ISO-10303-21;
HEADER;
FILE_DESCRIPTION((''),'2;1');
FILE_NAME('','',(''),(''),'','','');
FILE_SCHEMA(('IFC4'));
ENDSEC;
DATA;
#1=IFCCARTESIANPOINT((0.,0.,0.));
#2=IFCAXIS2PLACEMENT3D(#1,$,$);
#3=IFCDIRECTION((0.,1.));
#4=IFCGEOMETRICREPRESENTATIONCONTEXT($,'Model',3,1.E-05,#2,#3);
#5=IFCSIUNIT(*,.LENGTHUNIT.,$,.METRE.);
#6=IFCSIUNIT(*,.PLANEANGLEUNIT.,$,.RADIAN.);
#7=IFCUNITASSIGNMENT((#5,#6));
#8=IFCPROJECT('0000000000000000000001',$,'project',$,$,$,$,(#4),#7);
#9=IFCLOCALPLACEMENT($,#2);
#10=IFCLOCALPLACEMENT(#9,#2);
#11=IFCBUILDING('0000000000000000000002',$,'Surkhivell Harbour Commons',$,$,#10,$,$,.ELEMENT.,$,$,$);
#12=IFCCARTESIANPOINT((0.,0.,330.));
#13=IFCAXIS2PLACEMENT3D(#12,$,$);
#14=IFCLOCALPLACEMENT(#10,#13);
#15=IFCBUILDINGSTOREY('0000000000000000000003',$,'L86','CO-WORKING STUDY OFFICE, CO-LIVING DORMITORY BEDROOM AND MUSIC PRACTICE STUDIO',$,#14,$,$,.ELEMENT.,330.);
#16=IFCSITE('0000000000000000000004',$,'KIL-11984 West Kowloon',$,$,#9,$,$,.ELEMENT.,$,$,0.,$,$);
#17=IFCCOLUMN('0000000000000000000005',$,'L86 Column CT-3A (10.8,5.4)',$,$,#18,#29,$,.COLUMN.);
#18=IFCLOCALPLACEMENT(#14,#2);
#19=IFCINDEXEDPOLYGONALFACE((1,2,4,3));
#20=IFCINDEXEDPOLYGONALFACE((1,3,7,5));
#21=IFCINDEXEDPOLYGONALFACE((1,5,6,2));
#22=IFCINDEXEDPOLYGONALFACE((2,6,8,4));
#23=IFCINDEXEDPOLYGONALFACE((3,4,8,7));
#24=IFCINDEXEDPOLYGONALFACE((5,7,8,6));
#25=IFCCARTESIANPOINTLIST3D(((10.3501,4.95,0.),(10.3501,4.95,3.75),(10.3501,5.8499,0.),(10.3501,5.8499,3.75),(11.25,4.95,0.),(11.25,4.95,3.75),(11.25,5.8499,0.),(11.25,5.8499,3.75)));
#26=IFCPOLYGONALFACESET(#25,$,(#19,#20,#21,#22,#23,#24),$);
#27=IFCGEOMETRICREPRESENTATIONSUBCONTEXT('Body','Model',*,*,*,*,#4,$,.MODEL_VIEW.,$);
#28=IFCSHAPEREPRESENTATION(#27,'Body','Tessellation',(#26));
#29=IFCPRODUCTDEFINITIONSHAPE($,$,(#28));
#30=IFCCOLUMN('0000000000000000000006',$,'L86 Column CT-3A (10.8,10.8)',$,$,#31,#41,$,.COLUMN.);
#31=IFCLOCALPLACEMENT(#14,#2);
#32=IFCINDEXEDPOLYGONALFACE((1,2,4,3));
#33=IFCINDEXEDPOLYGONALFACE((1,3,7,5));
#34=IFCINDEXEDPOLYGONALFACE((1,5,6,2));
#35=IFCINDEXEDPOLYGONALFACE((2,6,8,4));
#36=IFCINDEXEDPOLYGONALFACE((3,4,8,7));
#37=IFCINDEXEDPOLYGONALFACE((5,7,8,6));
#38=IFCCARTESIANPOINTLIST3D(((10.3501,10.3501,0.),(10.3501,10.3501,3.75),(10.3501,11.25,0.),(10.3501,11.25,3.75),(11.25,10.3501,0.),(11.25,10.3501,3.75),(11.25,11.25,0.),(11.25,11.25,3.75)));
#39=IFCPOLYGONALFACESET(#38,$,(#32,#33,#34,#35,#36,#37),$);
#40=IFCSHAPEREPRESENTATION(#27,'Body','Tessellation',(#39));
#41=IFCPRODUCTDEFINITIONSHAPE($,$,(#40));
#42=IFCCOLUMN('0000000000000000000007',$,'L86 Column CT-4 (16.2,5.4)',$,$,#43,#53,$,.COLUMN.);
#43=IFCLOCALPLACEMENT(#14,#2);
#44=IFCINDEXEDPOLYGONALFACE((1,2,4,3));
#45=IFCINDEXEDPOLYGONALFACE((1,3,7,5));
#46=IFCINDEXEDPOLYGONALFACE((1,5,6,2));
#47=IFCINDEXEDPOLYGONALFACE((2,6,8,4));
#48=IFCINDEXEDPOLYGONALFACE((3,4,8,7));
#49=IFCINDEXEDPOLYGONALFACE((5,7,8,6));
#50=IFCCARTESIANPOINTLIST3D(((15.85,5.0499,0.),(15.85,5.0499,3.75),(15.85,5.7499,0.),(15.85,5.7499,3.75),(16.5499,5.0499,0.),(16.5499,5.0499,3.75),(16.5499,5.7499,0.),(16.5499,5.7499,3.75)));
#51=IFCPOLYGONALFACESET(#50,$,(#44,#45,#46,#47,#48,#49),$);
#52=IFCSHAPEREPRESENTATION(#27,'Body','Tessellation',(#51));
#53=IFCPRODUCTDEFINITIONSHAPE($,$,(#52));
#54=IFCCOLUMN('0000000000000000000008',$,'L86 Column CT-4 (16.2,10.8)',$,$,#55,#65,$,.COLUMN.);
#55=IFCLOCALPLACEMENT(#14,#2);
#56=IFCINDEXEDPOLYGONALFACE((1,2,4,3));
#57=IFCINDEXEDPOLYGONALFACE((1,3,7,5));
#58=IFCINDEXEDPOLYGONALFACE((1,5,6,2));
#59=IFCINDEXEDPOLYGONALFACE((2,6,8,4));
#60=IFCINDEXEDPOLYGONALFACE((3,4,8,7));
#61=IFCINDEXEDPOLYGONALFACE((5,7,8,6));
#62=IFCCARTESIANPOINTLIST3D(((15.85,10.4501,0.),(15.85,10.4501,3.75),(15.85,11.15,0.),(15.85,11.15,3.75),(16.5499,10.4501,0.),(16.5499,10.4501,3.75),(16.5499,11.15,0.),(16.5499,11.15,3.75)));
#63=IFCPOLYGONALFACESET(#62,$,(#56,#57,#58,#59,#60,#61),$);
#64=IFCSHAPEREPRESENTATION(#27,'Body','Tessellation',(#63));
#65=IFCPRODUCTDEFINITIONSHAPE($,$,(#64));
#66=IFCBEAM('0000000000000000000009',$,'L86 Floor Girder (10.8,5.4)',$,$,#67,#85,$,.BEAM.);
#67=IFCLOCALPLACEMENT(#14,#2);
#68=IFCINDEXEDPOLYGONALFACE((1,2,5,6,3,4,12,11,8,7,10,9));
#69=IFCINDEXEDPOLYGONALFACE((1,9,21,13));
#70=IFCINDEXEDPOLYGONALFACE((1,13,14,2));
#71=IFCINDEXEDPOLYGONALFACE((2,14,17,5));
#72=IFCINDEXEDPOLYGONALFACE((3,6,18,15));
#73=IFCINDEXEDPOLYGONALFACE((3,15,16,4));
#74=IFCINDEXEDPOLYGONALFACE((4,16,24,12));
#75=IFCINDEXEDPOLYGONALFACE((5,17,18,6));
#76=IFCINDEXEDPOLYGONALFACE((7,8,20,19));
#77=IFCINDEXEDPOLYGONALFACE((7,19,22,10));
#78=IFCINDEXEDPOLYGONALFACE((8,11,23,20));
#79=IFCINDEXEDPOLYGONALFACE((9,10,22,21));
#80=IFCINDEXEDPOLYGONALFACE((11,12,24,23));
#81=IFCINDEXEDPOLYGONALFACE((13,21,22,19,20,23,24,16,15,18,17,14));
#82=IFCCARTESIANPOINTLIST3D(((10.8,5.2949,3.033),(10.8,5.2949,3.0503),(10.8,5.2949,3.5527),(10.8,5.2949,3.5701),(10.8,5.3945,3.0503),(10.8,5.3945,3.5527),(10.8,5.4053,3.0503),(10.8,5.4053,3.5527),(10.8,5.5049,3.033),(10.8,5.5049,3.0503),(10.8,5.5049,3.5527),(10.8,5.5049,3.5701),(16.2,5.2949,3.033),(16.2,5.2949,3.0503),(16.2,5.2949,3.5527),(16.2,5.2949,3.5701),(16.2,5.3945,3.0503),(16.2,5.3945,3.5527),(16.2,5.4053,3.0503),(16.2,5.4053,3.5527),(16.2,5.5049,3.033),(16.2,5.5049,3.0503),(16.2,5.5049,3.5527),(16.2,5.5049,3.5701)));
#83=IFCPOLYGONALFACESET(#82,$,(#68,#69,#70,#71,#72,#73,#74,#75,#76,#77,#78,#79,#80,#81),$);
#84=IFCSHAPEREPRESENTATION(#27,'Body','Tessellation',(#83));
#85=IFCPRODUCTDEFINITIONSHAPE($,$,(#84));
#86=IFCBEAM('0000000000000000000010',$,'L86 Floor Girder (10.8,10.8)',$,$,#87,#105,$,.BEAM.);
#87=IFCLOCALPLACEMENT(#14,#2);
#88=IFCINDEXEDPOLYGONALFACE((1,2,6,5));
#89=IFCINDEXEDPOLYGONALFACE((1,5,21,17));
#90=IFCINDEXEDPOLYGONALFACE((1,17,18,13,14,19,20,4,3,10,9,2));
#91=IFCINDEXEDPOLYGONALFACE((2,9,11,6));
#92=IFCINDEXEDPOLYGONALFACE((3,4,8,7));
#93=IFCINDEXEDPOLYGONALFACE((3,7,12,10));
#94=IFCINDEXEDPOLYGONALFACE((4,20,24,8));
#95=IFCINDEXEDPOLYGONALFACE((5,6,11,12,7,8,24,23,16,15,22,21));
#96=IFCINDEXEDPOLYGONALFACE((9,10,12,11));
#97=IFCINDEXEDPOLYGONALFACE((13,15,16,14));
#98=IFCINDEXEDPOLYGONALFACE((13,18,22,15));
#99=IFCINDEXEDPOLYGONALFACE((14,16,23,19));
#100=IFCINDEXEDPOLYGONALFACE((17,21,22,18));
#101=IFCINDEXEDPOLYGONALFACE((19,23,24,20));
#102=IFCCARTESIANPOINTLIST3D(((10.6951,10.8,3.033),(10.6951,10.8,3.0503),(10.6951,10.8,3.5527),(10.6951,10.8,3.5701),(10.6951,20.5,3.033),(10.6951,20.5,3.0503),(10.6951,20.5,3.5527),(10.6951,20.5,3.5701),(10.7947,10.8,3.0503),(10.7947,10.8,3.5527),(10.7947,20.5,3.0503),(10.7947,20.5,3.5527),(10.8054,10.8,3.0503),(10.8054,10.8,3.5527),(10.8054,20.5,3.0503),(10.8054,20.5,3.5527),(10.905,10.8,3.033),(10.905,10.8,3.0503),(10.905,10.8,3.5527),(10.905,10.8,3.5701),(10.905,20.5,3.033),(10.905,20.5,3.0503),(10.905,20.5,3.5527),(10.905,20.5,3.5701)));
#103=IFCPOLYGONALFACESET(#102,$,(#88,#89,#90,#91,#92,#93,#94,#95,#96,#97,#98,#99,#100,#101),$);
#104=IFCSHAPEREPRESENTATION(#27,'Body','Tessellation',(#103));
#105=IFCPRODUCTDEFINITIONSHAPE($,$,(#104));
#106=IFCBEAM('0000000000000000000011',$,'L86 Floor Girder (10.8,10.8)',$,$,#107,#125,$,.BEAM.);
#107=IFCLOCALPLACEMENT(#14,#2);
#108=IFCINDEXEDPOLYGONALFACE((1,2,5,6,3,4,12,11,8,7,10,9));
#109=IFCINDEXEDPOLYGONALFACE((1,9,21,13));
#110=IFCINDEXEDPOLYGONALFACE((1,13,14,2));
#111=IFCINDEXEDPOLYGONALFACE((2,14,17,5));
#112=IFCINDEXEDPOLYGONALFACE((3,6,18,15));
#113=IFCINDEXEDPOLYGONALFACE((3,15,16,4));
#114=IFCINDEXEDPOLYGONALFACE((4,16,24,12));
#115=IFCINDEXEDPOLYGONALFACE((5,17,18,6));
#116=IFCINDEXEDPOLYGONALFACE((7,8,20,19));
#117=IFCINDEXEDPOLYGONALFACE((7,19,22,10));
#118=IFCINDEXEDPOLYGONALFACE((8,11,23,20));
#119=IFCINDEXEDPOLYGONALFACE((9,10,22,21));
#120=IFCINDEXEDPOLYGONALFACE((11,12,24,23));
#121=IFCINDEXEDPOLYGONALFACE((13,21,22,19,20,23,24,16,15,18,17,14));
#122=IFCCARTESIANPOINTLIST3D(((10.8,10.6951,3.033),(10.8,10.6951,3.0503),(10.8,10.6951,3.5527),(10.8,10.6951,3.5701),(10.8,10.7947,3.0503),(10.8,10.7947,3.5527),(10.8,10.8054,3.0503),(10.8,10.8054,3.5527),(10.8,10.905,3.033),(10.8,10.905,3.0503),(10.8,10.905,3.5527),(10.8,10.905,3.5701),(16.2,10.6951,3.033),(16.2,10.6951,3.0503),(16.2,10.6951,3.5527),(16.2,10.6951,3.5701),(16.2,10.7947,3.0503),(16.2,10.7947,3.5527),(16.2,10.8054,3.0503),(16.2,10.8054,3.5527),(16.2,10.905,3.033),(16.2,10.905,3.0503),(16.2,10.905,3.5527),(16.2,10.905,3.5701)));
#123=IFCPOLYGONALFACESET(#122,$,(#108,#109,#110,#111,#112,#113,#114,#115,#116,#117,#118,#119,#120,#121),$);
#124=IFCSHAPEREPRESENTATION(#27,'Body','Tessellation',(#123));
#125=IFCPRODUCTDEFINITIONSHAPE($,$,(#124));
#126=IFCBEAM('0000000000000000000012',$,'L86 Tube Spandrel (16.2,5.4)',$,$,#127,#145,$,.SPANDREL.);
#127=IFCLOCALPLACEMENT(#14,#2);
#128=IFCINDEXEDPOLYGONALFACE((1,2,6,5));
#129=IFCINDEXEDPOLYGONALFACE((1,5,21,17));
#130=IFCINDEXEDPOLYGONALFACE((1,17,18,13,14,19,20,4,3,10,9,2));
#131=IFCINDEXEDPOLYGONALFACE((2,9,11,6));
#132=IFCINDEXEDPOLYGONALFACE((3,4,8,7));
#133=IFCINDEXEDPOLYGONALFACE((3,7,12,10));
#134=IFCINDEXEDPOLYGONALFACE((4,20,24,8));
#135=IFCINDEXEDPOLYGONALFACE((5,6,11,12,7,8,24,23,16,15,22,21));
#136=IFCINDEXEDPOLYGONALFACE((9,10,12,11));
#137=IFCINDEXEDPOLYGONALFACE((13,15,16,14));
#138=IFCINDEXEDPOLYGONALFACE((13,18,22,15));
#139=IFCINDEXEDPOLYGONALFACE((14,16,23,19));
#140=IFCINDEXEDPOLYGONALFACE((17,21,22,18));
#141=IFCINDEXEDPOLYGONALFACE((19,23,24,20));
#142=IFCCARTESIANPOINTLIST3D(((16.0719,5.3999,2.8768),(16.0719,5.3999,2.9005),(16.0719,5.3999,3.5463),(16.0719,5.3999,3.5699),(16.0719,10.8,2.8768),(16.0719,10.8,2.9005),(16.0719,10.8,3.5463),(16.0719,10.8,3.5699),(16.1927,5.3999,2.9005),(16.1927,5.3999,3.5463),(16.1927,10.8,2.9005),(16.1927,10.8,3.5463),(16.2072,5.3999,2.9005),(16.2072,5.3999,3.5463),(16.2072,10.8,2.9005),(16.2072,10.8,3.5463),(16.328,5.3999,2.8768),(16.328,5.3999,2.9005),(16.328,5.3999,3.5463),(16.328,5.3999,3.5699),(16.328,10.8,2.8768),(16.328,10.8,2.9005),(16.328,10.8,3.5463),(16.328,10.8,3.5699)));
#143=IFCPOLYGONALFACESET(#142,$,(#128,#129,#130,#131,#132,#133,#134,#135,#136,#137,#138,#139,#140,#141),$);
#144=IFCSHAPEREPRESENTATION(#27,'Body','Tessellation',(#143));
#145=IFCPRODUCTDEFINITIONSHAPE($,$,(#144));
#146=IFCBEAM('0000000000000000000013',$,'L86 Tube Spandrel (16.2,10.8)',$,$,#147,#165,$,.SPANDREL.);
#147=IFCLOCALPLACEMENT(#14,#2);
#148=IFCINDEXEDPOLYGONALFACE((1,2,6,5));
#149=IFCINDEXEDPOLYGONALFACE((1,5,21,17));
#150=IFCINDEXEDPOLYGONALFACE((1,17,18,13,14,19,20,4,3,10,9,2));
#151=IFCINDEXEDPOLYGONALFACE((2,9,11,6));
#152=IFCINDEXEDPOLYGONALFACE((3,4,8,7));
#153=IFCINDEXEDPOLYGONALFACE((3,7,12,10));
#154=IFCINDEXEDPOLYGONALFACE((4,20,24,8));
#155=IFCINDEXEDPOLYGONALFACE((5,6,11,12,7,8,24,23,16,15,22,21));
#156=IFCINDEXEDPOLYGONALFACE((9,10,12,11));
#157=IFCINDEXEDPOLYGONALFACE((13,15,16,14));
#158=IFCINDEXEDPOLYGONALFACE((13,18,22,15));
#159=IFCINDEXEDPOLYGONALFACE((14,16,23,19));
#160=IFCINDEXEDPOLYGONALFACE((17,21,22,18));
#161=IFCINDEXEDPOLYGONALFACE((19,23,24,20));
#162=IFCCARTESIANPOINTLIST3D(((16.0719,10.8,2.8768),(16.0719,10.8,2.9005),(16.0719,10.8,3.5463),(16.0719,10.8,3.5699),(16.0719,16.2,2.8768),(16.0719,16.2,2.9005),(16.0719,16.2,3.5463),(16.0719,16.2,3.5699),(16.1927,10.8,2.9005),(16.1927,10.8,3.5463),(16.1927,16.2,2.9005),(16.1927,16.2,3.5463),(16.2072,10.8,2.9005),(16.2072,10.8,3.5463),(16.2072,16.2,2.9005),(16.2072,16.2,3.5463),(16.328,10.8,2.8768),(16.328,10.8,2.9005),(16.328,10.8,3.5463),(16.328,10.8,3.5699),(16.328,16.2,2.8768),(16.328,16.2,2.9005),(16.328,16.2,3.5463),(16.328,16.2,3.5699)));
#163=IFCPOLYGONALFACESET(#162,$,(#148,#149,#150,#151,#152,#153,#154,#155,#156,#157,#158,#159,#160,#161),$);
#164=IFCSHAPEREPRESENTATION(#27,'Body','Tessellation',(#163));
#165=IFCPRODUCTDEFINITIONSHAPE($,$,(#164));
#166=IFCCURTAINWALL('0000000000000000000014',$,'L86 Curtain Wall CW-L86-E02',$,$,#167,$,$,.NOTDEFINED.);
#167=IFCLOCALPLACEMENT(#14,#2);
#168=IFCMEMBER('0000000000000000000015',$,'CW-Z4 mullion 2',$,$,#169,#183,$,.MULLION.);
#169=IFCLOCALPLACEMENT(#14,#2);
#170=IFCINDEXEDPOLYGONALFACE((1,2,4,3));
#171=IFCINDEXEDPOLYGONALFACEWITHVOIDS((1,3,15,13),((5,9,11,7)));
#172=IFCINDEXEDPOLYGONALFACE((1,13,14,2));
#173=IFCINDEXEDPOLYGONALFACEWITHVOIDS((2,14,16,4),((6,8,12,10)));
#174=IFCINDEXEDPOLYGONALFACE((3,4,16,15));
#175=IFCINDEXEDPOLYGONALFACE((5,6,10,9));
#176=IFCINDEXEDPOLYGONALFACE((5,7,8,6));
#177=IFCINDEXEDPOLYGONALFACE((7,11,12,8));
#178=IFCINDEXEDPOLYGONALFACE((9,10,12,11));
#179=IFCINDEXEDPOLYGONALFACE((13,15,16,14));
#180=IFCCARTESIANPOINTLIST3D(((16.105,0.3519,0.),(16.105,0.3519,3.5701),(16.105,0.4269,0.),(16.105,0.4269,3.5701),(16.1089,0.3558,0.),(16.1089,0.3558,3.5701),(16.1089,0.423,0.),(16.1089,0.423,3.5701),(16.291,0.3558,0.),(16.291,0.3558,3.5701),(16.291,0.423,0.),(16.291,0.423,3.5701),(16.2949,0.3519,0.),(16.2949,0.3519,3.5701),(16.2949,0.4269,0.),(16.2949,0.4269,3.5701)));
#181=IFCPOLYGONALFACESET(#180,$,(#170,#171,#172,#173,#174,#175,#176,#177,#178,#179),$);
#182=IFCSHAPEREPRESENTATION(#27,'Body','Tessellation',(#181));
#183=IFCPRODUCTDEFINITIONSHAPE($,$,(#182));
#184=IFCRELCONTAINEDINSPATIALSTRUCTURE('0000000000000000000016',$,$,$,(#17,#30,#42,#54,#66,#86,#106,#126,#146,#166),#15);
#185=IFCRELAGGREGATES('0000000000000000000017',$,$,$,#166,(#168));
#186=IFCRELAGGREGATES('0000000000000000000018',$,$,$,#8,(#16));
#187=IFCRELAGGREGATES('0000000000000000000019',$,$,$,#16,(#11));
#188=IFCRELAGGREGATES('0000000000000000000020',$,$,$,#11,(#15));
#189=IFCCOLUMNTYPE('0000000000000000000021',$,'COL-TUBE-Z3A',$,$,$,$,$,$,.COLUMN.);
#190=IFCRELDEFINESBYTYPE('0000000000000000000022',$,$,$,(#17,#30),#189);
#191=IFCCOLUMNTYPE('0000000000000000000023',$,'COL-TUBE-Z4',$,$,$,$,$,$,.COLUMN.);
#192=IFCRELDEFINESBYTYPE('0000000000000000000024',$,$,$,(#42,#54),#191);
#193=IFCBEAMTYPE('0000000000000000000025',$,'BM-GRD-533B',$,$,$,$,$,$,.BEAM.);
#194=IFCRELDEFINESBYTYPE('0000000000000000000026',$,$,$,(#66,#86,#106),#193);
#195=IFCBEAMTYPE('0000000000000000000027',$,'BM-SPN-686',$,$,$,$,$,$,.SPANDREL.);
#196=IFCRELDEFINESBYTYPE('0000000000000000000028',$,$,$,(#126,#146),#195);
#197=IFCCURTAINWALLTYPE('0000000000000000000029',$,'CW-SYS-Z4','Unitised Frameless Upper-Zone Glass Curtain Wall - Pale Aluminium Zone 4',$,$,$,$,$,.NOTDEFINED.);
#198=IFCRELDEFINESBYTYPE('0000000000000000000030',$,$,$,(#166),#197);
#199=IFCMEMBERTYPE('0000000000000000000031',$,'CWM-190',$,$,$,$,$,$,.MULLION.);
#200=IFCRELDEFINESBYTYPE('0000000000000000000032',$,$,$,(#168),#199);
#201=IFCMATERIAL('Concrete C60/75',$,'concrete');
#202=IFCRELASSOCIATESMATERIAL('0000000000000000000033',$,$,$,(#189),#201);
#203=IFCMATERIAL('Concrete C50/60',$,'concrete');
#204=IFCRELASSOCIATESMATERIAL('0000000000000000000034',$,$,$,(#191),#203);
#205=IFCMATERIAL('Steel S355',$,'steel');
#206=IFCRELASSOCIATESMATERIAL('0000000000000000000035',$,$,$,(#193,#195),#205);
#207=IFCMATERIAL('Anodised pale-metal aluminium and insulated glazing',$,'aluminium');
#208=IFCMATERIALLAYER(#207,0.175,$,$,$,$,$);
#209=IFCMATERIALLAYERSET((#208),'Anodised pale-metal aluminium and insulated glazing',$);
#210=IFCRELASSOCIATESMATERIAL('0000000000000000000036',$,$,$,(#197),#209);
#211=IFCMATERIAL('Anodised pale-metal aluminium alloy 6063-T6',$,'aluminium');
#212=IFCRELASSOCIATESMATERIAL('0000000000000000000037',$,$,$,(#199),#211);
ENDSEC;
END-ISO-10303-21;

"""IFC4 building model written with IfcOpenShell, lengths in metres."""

from ifc_helpers import new_model, si_unit, direction, frame, origin, origin_2d, place, context, subcontext, project, spatial, rectangle, hollow_rectangle, i_section, extrude, material, layer, layer_set, material_profile, profile_set, type_object, element, aggregate, save


model = new_model("IFC4")

# Units and contexts
model_context = context("Model", 3, precision=1e-05, world=origin(), true_north=direction((0.0, 1.0)))
body_context = subcontext(model_context, "Body", "Model", "MODEL_VIEW")
ifc_project = project(units=[si_unit("LENGTHUNIT", "METRE"), si_unit("PLANEANGLEUNIT", "RADIAN")], contexts=[model_context])

# Site, building, storey
site_placement = place(None, origin())
site = spatial("IfcSite", under=ifc_project, at=site_placement, Name="KIL-11984 West Kowloon", CompositionType="ELEMENT", RefElevation=0.0)
building_placement = place(site_placement, origin())
building = spatial("IfcBuilding", under=site, at=building_placement, Name="Surkhivell Harbour Commons", CompositionType="ELEMENT")
storey_placement = place(building_placement, frame((0.0, 0.0, 330.0)))
storey = spatial("IfcBuildingStorey", under=building, at=storey_placement, Name="L86", Description="CO-WORKING STUDY OFFICE, CO-LIVING DORMITORY BEDROOM AND MUSIC PRACTICE STUDIO", CompositionType="ELEMENT", Elevation=330.0)

# Columns
ifc_material_1 = material(Name="Concrete C60/75", Category="concrete")
ifc_material_profile_1 = material_profile(ifc_material_1, rectangle(XDim=0.8999, YDim=0.8999, at=origin_2d()), Name="RC-COL-900x900")
ifc_profile_set_1 = profile_set([ifc_material_profile_1], Name="Concrete C60/75")
column_type_1 = type_object("IfcColumnType", Name="COL-TUBE-Z3A", PredefinedType="COLUMN", material=ifc_profile_set_1)
for number, where, z_axis, x_axis, name in (
    (1, (10.8, 5.3999, 0.0), (0.0, 0.0, 1.0), (1.0, 0.0, 0.0), "L86 Column CT-3A (10.8,5.4)"),
    (2, (10.8, 10.8, 0.0), (0.0, 0.0, 1.0), (1.0, 0.0, 0.0), "L86 Column CT-3A (10.8,10.8)"),
):
    element("IfcColumn", number, at=place(storey_placement, frame(where, z_axis=z_axis, x_axis=x_axis)), inside=storey, type_object=column_type_1, Name=name, PredefinedType="COLUMN", context=body_context, shape_type="SweptSolid", body=[
        extrude(rectangle(XDim=0.8999, YDim=0.8999, at=origin_2d()), origin(), (0.0, 0.0, 1.0), 3.75),
    ])
ifc_material_2 = material(Name="Concrete C50/60", Category="concrete")
ifc_material_profile_2 = material_profile(ifc_material_2, rectangle(XDim=0.7, YDim=0.7, at=origin_2d()), Name="RC-COL-700x700")
ifc_profile_set_2 = profile_set([ifc_material_profile_2], Name="Concrete C50/60")
column_type_2 = type_object("IfcColumnType", Name="COL-TUBE-Z4", PredefinedType="COLUMN", material=ifc_profile_set_2)
for number, where, z_axis, x_axis, name in (
    (3, (16.2, 5.3999, 0.0), (0.0, 0.0, 1.0), (1.0, 0.0, 0.0), "L86 Column CT-4 (16.2,5.4)"),
    (4, (16.2, 10.8, 0.0), (0.0, 0.0, 1.0), (1.0, 0.0, 0.0), "L86 Column CT-4 (16.2,10.8)"),
):
    element("IfcColumn", number, at=place(storey_placement, frame(where, z_axis=z_axis, x_axis=x_axis)), inside=storey, type_object=column_type_2, Name=name, PredefinedType="COLUMN", context=body_context, shape_type="SweptSolid", body=[
        extrude(rectangle(XDim=0.7, YDim=0.7, at=origin_2d()), origin(), (0.0, 0.0, 1.0), 3.75),
    ])

# Beams
ifc_material_3 = material(Name="Steel S355", Category="steel")
ifc_material_profile_3 = material_profile(ifc_material_3, i_section(OverallWidth=0.21, OverallDepth=0.5371, WebThickness=0.0107, FlangeThickness=0.0173, at=origin_2d()), Name="UB533x210x101")
ifc_profile_set_3 = profile_set([ifc_material_profile_3], Name="Steel S355")
beam_type_1 = type_object("IfcBeamType", Name="BM-GRD-533B", PredefinedType="BEAM", material=ifc_profile_set_3)
beam_1_placement = place(storey_placement, frame((10.8, 5.3999, 3.3015), z_axis=(1.0, 0.0, 0.0), x_axis=(0.0, 1.0, 0.0)))
element("IfcBeam", 5, at=beam_1_placement, inside=storey, type_object=beam_type_1, Name="L86 Floor Girder (10.8,5.4)", PredefinedType="BEAM", context=body_context, shape_type="SweptSolid", body=[
    extrude(i_section(OverallWidth=0.21, OverallDepth=0.5371, WebThickness=0.0107, FlangeThickness=0.0173, at=origin_2d()), origin(), (0.0, 0.0, 1.0), 5.3999),
])
beam_2_placement = place(storey_placement, frame((10.8, 10.8, 3.3015), z_axis=(0.0, 1.0, 0.0), x_axis=(-1.0, 0.0, 0.0)))
element("IfcBeam", 6, at=beam_2_placement, inside=storey, type_object=beam_type_1, Name="L86 Floor Girder (10.8,10.8)", PredefinedType="BEAM", context=body_context, shape_type="SweptSolid", body=[
    extrude(i_section(OverallWidth=0.21, OverallDepth=0.5371, WebThickness=0.0107, FlangeThickness=0.0173, at=origin_2d()), origin(), (0.0, 0.0, 1.0), 9.7),
])
beam_3_placement = place(storey_placement, frame((10.8, 10.8, 3.3015), z_axis=(1.0, 0.0, 0.0), x_axis=(0.0, 1.0, 0.0)))
element("IfcBeam", 7, at=beam_3_placement, inside=storey, type_object=beam_type_1, Name="L86 Floor Girder (10.8,10.8)", PredefinedType="BEAM", context=body_context, shape_type="SweptSolid", body=[
    extrude(i_section(OverallWidth=0.21, OverallDepth=0.5371, WebThickness=0.0107, FlangeThickness=0.0173, at=origin_2d()), origin(), (0.0, 0.0, 1.0), 5.3999),
])
ifc_material_profile_4 = material_profile(ifc_material_3, i_section(OverallWidth=0.2561, OverallDepth=0.6931, WebThickness=0.0144, FlangeThickness=0.0237, at=origin_2d()), Name="UB686x254x170")
ifc_profile_set_4 = profile_set([ifc_material_profile_4], Name="Steel S355")
beam_type_2 = type_object("IfcBeamType", Name="BM-SPN-686", PredefinedType="SPANDREL", material=ifc_profile_set_4)
beam_4_placement = place(storey_placement, frame((16.2, 5.3999, 3.2234), z_axis=(0.0, 1.0, 0.0), x_axis=(-1.0, 0.0, 0.0)))
element("IfcBeam", 8, at=beam_4_placement, inside=storey, type_object=beam_type_2, Name="L86 Tube Spandrel (16.2,5.4)", PredefinedType="SPANDREL", context=body_context, shape_type="SweptSolid", body=[
    extrude(i_section(OverallWidth=0.2561, OverallDepth=0.6931, WebThickness=0.0144, FlangeThickness=0.0237, at=origin_2d()), origin(), (0.0, 0.0, 1.0), 5.4001),
])
beam_5_placement = place(storey_placement, frame((16.2, 10.8, 3.2234), z_axis=(0.0, 1.0, 0.0), x_axis=(-1.0, 0.0, 0.0)))
element("IfcBeam", 9, at=beam_5_placement, inside=storey, type_object=beam_type_2, Name="L86 Tube Spandrel (16.2,10.8)", PredefinedType="SPANDREL", context=body_context, shape_type="SweptSolid", body=[
    extrude(i_section(OverallWidth=0.2561, OverallDepth=0.6931, WebThickness=0.0144, FlangeThickness=0.0237, at=origin_2d()), origin(), (0.0, 0.0, 1.0), 5.3999),
])

# Curtain wall, member
ifc_material_4 = material(Name="Anodised pale-metal aluminium and insulated glazing", Category="aluminium")
ifc_layer_1 = layer(ifc_material_4, 0.175)
ifc_layer_set_1 = layer_set([ifc_layer_1], Name="Anodised pale-metal aluminium and insulated glazing")
curtain_wall_type = type_object("IfcCurtainWallType", Name="CW-SYS-Z4", Description="Unitised Frameless Upper-Zone Glass Curtain Wall - Pale Aluminium Zone 4", PredefinedType="NOTDEFINED", material=ifc_layer_set_1)
curtain_wall_placement = place(storey_placement, origin())
curtain_wall = element("IfcCurtainWall", 10, at=curtain_wall_placement, inside=storey, type_object=curtain_wall_type, Name="L86 Curtain Wall CW-L86-E02", PredefinedType="NOTDEFINED")
ifc_material_5 = material(Name="Anodised pale-metal aluminium alloy 6063-T6", Category="aluminium")
ifc_material_profile_5 = material_profile(ifc_material_5, hollow_rectangle(XDim=0.075, YDim=0.1899, WallThickness=0.0039, at=origin_2d()), Name="ALU-MULL-75x190")
ifc_profile_set_5 = profile_set([ifc_material_profile_5], Name="Anodised pale-metal aluminium alloy 6063-T6")
member_type_1 = type_object("IfcMemberType", Name="CWM-190", PredefinedType="MULLION", material=ifc_profile_set_5)
member_1_placement = place(storey_placement, frame((16.2, 0.3894, 0.0), z_axis=(0.0, 0.0, 1.0), x_axis=(0.0, 1.0, 0.0)))
member_1 = element("IfcMember", 11, at=member_1_placement, type_object=member_type_1, Name="CW-Z4 mullion 2", PredefinedType="MULLION", context=body_context, shape_type="SweptSolid", body=[
    extrude(hollow_rectangle(XDim=0.075, YDim=0.1899, WallThickness=0.0039, at=origin_2d()), origin(), (0.0, 0.0, 1.0), 3.5701),
])
aggregate(curtain_wall, [member_1])

save(model, "model.ifc")
